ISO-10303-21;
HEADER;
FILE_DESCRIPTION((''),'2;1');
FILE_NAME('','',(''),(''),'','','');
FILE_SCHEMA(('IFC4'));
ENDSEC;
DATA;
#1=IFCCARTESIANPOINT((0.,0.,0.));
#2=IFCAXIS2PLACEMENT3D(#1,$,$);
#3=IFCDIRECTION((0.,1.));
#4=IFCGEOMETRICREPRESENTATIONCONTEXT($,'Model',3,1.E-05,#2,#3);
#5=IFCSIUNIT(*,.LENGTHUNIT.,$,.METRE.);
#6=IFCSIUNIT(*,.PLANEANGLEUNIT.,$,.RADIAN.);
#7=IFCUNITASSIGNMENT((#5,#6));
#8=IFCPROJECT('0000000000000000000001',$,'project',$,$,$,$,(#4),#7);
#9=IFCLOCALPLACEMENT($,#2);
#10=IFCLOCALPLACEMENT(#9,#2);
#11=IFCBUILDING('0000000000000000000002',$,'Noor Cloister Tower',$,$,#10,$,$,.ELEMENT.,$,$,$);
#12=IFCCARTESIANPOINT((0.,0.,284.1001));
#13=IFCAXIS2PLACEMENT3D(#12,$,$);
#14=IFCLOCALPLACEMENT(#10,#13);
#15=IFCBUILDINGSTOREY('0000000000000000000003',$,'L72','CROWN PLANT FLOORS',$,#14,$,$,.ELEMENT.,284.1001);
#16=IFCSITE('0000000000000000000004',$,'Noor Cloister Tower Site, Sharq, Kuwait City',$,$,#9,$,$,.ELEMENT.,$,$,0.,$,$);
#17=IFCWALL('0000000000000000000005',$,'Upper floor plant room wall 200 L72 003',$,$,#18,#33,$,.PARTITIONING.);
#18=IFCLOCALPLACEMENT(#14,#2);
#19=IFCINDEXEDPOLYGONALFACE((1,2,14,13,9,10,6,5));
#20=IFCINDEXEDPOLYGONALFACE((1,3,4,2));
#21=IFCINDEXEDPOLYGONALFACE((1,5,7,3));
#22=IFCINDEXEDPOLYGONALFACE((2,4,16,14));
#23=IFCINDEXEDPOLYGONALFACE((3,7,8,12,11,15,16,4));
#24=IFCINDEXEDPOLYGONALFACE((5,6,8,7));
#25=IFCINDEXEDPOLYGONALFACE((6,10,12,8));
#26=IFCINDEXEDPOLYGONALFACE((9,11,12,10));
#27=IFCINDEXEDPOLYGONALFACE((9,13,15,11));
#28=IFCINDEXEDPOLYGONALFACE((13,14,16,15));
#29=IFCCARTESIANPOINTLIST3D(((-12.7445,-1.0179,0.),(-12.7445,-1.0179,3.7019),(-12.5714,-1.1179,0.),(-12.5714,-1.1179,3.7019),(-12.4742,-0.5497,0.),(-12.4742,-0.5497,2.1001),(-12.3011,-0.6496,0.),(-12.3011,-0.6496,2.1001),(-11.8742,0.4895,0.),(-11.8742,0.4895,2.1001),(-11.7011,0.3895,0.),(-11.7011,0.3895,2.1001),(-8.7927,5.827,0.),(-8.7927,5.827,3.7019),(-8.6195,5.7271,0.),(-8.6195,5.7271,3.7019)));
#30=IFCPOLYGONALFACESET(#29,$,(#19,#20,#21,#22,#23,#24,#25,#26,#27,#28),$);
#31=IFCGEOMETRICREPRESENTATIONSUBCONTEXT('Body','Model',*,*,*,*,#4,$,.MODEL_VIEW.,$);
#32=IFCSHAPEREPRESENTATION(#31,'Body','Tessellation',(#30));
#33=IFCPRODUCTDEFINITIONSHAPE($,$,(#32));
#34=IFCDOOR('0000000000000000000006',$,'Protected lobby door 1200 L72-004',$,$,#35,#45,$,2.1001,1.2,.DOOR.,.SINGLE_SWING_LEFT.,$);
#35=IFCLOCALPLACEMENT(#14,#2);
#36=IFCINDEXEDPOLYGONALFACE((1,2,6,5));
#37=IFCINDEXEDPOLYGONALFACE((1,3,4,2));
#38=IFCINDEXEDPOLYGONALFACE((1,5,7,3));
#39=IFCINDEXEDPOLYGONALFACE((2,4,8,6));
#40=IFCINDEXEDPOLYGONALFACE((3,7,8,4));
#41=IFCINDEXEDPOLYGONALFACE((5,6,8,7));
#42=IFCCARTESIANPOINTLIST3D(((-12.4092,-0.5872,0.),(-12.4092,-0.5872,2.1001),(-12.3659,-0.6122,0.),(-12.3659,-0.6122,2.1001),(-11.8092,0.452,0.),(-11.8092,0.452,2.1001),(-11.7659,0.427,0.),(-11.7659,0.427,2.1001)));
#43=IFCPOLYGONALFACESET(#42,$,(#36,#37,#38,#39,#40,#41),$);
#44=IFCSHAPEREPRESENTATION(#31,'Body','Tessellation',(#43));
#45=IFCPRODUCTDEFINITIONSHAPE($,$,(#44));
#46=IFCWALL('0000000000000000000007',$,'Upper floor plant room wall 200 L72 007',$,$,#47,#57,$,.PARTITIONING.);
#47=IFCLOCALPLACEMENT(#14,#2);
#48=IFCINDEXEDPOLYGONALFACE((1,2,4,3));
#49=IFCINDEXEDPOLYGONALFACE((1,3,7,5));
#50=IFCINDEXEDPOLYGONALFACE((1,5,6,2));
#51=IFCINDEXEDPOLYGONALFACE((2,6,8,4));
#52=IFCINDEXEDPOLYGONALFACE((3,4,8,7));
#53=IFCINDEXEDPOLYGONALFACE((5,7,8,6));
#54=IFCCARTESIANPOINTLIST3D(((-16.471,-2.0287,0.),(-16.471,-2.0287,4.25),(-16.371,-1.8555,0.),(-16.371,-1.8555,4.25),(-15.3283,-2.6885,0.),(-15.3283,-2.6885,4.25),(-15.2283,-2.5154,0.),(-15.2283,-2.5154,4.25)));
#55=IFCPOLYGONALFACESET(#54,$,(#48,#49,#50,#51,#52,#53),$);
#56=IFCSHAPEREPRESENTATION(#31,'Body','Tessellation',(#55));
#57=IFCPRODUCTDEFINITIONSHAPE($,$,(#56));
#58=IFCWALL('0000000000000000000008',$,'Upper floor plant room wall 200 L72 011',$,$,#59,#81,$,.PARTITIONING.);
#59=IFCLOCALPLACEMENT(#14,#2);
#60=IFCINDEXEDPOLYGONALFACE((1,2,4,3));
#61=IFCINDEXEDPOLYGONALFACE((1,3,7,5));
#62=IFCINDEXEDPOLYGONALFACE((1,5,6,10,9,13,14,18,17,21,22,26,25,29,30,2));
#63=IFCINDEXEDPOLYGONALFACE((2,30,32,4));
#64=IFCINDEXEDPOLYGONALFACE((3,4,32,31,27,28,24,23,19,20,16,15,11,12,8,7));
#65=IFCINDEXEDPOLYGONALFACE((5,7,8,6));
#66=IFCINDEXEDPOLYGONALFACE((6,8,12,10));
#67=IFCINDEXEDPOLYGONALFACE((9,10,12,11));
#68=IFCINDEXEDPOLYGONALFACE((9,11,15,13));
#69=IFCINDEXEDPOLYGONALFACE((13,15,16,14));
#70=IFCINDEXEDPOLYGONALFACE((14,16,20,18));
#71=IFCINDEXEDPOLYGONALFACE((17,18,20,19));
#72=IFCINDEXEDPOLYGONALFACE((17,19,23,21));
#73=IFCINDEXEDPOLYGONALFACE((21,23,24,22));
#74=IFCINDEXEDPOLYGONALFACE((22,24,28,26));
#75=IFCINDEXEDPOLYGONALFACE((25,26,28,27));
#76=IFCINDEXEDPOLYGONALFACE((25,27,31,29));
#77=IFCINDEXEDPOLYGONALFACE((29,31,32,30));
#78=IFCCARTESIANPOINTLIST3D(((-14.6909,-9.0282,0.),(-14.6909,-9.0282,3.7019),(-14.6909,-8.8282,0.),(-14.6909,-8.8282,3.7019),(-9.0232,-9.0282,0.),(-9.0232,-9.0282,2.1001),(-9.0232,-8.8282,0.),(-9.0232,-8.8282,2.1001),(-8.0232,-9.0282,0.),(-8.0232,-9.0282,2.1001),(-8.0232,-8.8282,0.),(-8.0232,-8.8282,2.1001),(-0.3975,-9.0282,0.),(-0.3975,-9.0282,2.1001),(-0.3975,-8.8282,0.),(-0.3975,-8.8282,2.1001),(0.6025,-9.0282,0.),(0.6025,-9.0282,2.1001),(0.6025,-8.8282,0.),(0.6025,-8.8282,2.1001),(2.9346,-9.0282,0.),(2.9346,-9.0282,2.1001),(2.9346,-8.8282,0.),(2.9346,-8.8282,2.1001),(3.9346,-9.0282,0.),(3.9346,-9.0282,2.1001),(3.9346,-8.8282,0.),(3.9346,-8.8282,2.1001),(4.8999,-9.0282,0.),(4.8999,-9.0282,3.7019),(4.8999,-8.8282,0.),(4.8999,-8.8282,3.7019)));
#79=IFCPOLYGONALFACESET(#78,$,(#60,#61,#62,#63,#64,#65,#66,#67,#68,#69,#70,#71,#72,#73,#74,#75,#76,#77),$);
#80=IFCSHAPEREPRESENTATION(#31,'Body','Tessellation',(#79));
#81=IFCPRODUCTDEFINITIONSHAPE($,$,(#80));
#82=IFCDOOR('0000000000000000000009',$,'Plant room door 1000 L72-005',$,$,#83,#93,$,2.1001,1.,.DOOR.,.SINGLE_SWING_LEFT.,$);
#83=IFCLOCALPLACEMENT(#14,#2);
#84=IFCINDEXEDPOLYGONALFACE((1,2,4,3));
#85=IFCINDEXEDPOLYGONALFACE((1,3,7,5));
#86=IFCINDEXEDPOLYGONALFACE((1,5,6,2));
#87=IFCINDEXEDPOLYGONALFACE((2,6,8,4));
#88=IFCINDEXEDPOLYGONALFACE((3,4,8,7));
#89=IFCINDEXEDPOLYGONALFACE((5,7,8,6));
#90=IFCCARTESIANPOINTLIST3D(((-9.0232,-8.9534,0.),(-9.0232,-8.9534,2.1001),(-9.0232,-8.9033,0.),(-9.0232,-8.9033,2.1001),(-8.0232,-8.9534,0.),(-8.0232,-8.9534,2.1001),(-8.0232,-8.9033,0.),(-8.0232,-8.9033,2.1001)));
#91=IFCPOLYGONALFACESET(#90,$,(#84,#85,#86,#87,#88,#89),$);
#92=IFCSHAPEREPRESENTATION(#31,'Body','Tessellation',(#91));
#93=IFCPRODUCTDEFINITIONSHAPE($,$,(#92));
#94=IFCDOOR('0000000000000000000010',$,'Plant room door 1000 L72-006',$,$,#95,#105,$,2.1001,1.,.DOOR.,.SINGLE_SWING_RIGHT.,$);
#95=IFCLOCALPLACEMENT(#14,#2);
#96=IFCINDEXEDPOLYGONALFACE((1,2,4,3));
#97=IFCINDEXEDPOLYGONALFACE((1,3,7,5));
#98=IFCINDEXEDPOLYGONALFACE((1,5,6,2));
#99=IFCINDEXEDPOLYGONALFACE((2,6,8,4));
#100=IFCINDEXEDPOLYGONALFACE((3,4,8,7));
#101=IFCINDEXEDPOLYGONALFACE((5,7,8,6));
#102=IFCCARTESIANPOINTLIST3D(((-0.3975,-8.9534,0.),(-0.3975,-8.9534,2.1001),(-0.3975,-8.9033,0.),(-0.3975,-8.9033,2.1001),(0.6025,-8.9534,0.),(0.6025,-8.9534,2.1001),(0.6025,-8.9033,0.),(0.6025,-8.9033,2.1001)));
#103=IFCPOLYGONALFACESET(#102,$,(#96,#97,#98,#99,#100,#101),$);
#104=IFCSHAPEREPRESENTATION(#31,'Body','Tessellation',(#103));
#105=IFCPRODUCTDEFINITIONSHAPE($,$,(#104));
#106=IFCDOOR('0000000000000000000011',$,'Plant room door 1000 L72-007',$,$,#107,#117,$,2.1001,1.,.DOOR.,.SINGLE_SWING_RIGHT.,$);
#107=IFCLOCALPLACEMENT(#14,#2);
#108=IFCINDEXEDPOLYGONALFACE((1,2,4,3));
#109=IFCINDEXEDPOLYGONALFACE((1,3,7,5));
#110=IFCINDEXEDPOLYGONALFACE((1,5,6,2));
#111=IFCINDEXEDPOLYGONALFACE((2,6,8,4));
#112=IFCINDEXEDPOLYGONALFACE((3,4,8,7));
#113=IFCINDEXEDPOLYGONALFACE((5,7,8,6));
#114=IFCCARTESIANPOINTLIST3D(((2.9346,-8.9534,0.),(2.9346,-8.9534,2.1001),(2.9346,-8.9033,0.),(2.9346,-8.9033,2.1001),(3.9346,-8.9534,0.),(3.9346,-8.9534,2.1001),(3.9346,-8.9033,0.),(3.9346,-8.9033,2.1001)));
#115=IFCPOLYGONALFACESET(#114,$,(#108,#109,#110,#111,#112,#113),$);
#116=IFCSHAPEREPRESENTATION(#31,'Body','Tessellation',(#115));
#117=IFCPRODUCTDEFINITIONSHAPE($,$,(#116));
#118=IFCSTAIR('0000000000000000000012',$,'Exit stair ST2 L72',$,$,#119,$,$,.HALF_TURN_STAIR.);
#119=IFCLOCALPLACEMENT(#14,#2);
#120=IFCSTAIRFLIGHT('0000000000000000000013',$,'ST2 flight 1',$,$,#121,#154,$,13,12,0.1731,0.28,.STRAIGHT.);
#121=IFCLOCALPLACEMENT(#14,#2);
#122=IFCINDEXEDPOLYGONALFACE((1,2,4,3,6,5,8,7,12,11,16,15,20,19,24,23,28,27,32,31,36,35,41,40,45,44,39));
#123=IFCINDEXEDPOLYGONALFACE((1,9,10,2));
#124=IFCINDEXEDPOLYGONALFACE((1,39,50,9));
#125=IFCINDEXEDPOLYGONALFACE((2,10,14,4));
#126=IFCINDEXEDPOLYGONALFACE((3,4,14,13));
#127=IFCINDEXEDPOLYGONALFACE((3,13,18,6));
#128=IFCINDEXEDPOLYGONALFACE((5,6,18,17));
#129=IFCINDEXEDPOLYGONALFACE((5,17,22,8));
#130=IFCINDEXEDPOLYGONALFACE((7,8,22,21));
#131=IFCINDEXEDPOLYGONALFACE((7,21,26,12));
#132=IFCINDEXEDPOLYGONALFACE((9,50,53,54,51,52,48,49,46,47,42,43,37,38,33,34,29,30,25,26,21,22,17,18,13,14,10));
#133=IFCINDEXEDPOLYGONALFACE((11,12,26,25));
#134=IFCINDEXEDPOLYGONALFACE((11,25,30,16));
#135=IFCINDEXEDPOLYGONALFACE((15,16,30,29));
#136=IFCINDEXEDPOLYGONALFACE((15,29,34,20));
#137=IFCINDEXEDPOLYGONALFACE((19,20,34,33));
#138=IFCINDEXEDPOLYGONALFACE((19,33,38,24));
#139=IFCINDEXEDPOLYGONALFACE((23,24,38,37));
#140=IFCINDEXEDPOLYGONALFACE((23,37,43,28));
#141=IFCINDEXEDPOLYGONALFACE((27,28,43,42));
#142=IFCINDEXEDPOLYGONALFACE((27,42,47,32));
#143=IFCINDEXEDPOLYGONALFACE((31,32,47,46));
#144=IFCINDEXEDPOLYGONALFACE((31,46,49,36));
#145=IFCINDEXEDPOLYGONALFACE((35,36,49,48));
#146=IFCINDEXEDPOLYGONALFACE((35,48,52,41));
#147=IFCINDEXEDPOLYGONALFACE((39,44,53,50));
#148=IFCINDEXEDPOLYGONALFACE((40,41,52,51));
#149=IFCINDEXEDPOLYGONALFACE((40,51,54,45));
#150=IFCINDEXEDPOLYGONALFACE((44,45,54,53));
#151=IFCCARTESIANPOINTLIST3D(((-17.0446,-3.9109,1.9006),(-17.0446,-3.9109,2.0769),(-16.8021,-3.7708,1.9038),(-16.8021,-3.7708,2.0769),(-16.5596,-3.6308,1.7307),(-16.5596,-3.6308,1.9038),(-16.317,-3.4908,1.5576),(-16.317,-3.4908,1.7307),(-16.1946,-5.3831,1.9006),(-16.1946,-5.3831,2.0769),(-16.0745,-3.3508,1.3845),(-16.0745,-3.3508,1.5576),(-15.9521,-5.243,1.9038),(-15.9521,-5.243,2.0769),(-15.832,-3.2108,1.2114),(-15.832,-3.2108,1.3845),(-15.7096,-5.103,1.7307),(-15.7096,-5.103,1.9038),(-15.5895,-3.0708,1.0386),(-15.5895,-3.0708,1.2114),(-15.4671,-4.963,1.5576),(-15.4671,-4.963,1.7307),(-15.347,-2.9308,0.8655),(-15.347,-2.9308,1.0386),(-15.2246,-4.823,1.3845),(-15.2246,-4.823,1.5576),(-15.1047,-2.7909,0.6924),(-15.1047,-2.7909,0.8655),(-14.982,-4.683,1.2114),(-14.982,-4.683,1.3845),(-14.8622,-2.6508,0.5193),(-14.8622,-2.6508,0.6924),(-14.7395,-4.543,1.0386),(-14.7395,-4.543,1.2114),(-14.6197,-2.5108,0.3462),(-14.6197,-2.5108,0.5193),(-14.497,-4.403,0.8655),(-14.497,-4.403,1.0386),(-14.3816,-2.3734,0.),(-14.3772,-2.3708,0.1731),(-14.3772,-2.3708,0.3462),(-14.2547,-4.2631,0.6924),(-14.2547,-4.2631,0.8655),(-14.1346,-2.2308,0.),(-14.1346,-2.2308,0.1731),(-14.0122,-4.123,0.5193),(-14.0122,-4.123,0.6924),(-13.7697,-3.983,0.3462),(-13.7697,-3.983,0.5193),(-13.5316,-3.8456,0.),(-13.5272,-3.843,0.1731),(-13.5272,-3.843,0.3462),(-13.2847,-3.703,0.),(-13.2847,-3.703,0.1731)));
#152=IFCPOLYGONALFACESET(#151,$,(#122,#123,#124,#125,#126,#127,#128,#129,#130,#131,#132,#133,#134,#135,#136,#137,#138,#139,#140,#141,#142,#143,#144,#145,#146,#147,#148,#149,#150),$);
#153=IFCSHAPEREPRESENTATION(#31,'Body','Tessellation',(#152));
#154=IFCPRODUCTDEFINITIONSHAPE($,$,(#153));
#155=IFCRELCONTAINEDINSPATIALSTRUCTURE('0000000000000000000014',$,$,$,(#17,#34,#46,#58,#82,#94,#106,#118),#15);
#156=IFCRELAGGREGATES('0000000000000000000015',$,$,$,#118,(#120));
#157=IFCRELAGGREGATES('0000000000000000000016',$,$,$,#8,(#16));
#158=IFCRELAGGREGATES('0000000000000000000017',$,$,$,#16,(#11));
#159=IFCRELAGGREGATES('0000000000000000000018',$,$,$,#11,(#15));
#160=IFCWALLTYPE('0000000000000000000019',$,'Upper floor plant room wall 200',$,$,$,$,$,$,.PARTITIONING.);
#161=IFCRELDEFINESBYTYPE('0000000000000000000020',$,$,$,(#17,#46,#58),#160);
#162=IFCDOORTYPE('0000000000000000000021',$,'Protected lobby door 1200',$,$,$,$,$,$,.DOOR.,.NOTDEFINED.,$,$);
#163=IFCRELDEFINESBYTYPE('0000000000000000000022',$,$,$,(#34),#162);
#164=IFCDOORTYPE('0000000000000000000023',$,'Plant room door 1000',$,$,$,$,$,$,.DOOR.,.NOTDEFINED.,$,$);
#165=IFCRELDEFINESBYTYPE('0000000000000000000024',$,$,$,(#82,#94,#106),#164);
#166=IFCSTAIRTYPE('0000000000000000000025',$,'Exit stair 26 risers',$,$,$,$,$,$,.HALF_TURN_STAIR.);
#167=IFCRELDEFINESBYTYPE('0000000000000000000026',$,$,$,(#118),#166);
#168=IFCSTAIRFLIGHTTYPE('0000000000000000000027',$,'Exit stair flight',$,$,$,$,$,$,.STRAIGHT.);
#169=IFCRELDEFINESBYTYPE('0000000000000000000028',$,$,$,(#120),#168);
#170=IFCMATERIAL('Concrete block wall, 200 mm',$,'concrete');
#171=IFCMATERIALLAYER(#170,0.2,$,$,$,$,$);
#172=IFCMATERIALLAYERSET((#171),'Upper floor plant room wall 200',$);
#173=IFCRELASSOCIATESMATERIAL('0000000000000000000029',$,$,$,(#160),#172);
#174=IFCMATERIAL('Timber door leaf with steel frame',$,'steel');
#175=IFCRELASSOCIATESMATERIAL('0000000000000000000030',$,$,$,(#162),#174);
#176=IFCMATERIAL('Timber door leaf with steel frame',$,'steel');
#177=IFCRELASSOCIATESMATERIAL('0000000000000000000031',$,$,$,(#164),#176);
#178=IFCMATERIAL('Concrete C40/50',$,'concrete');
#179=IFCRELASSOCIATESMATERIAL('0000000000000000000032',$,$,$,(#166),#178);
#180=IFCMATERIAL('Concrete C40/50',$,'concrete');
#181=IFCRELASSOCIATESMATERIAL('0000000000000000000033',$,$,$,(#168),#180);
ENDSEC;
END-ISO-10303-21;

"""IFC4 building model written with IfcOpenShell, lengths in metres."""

from ifc_helpers import new_model, si_unit, direction, frame, frame_2d, origin, place, context, subcontext, project, spatial, polyline, rectangle, outline, extrude, material, layer, layer_set, type_object, element, fill, aggregate, save


model = new_model("IFC4")

# Units and contexts
model_context = context("Model", 3, precision=1e-05, world=origin(), true_north=direction((0.0, 1.0)))
body_context = subcontext(model_context, "Body", "Model", "MODEL_VIEW")
ifc_project = project(units=[si_unit("LENGTHUNIT", "METRE"), si_unit("PLANEANGLEUNIT", "RADIAN")], contexts=[model_context])

# Site, building, storey
site_placement = place(None, origin())
site = spatial("IfcSite", under=ifc_project, at=site_placement, Name="Noor Cloister Tower Site, Sharq, Kuwait City", CompositionType="ELEMENT", RefElevation=0.0)
building_placement = place(site_placement, origin())
building = spatial("IfcBuilding", under=site, at=building_placement, Name="Noor Cloister Tower", CompositionType="ELEMENT")
storey_placement = place(building_placement, frame((0.0, 0.0, 284.1001)))
storey = spatial("IfcBuildingStorey", under=building, at=storey_placement, Name="L72", Description="CROWN PLANT FLOORS", CompositionType="ELEMENT", Elevation=284.1001)

# Wall, opening, door
ifc_material_1 = material(Name="Concrete block wall, 200 mm", Category="concrete")
ifc_layer_1 = layer(ifc_material_1, 0.2)
ifc_layer_set_1 = layer_set([ifc_layer_1], Name="Upper floor plant room wall 200")
wall_type_1 = type_object("IfcWallType", Name="Upper floor plant room wall 200", PredefinedType="PARTITIONING", material=ifc_layer_set_1)
wall_1_placement = place(storey_placement, frame((-12.658, -1.0679, 0.0), z_axis=(0.0, 0.0, 1.0), x_axis=(0.499996, 0.866028, 0.0)))
wall_1 = element("IfcWall", 1, at=wall_1_placement, inside=storey, type_object=wall_type_1, Name="Upper floor plant room wall 200 L72 003", PredefinedType="PARTITIONING", context=body_context, shape_type="SweptSolid", body=[
    extrude(rectangle(XDim=7.9038, YDim=0.2, at=frame_2d((3.9519, 0.0))), origin(), (0.0, 0.0, 1.0), 3.7019),
])
opening_1_placement = place(wall_1_placement, frame((0.5405, 0.0, 0.0)))
opening_1 = element("IfcOpeningElement", 2, at=opening_1_placement, cuts=wall_1, PredefinedType="OPENING", context=body_context, shape_type="SweptSolid", body=[
    extrude(rectangle(XDim=1.2, YDim=2.1001, at=frame_2d((0.6001, 1.05))), frame((0.0, 0.1099, 0.0), z_axis=(0.0, -1.0, 0.0), x_axis=(1.0, 0.0, 0.0)), (0.0, 0.0, 1.0), 0.22),
])
ifc_material_2 = material(Name="Timber door leaf with steel frame", Category="steel")
door_type_1 = type_object("IfcDoorType", Name="Protected lobby door 1200", OperationType="NOTDEFINED", PredefinedType="DOOR", material=ifc_material_2)
door_1_placement = place(opening_1_placement, origin())
door_1 = element("IfcDoor", 3, at=door_1_placement, inside=storey, type_object=door_type_1, Name="Protected lobby door 1200 L72-004", OperationType="SINGLE_SWING_LEFT", OverallHeight=2.1001, OverallWidth=1.2, PredefinedType="DOOR", context=body_context, shape_type="SweptSolid", body=[
    extrude(rectangle(XDim=1.2, YDim=2.1001, at=frame_2d((0.6001, 1.05))), frame((0.0, 0.0249, 0.0), z_axis=(0.0, -1.0, 0.0), x_axis=(1.0, 0.0, 0.0)), (0.0, 0.0, 1.0), 0.05),
])
fill(opening_1, door_1)

# Wall
wall_2_placement = place(storey_placement, frame((-16.4209, -1.9421, 0.0), z_axis=(0.0, 0.0, 1.0), x_axis=(0.865991, -0.500059, 0.0)))
element("IfcWall", 4, at=wall_2_placement, inside=storey, type_object=wall_type_1, Name="Upper floor plant room wall 200 L72 007", PredefinedType="PARTITIONING", context=body_context, shape_type="SweptSolid", body=[
    extrude(rectangle(XDim=1.3196, YDim=0.2, at=frame_2d((0.6597, 0.0))), origin(), (0.0, 0.0, 1.0), 4.25),
])

# Wall, openings, doors
wall_3_placement = place(storey_placement, frame((-14.6909, -8.9282, 0.0), z_axis=(0.0, 0.0, 1.0), x_axis=(1.0, 0.0, 0.0)))
wall_3 = element("IfcWall", 5, at=wall_3_placement, inside=storey, type_object=wall_type_1, Name="Upper floor plant room wall 200 L72 011", PredefinedType="PARTITIONING", context=body_context, shape_type="SweptSolid", body=[
    extrude(rectangle(XDim=19.5908, YDim=0.2, at=frame_2d((9.7954, 0.0))), origin(), (0.0, 0.0, 1.0), 3.7019),
])
opening_2_placement = place(wall_3_placement, frame((5.6677, 0.0, 0.0)))
opening_2 = element("IfcOpeningElement", 6, at=opening_2_placement, cuts=wall_3, PredefinedType="OPENING", context=body_context, shape_type="SweptSolid", body=[
    extrude(rectangle(XDim=1.0, YDim=2.1001, at=frame_2d((0.5, 1.05))), frame((0.0, 0.1099, 0.0), z_axis=(0.0, -1.0, 0.0), x_axis=(1.0, 0.0, 0.0)), (0.0, 0.0, 1.0), 0.22),
])
opening_3_placement = place(wall_3_placement, frame((14.2935, 0.0, 0.0)))
opening_3 = element("IfcOpeningElement", 7, at=opening_3_placement, cuts=wall_3, PredefinedType="OPENING", context=body_context, shape_type="SweptSolid", body=[
    extrude(rectangle(XDim=1.0, YDim=2.1001, at=frame_2d((0.5, 1.05))), frame((0.0, 0.1099, 0.0), z_axis=(0.0, -1.0, 0.0), x_axis=(1.0, 0.0, 0.0)), (0.0, 0.0, 1.0), 0.22),
])
opening_4_placement = place(wall_3_placement, frame((17.6255, 0.0, 0.0)))
opening_4 = element("IfcOpeningElement", 8, at=opening_4_placement, cuts=wall_3, PredefinedType="OPENING", context=body_context, shape_type="SweptSolid", body=[
    extrude(rectangle(XDim=1.0, YDim=2.1001, at=frame_2d((0.5, 1.05))), frame((0.0, 0.1099, 0.0), z_axis=(0.0, -1.0, 0.0), x_axis=(1.0, 0.0, 0.0)), (0.0, 0.0, 1.0), 0.22),
])
ifc_material_3 = material(Name="Timber door leaf with steel frame", Category="steel")
door_type_2 = type_object("IfcDoorType", Name="Plant room door 1000", OperationType="NOTDEFINED", PredefinedType="DOOR", material=ifc_material_3)
door_2_placement = place(opening_2_placement, origin())
door_2 = element("IfcDoor", 9, at=door_2_placement, inside=storey, type_object=door_type_2, Name="Plant room door 1000 L72-005", OperationType="SINGLE_SWING_LEFT", OverallHeight=2.1001, OverallWidth=1.0, PredefinedType="DOOR", context=body_context, shape_type="SweptSolid", body=[
    extrude(rectangle(XDim=1.0, YDim=2.1001, at=frame_2d((0.5, 1.05))), frame((0.0, 0.0249, 0.0), z_axis=(0.0, -1.0, 0.0), x_axis=(1.0, 0.0, 0.0)), (0.0, 0.0, 1.0), 0.05),
])
fill(opening_2, door_2)
door_3_placement = place(opening_3_placement, origin())
door_3 = element("IfcDoor", 10, at=door_3_placement, inside=storey, type_object=door_type_2, Name="Plant room door 1000 L72-006", OperationType="SINGLE_SWING_RIGHT", OverallHeight=2.1001, OverallWidth=1.0, PredefinedType="DOOR", context=body_context, shape_type="SweptSolid", body=[
    extrude(rectangle(XDim=1.0, YDim=2.1001, at=frame_2d((0.5, 1.05))), frame((0.0, 0.0249, 0.0), z_axis=(0.0, -1.0, 0.0), x_axis=(1.0, 0.0, 0.0)), (0.0, 0.0, 1.0), 0.05),
])
fill(opening_3, door_3)
door_4_placement = place(opening_4_placement, origin())
door_4 = element("IfcDoor", 11, at=door_4_placement, inside=storey, type_object=door_type_2, Name="Plant room door 1000 L72-007", OperationType="SINGLE_SWING_RIGHT", OverallHeight=2.1001, OverallWidth=1.0, PredefinedType="DOOR", context=body_context, shape_type="SweptSolid", body=[
    extrude(rectangle(XDim=1.0, YDim=2.1001, at=frame_2d((0.5, 1.05))), frame((0.0, 0.0249, 0.0), z_axis=(0.0, -1.0, 0.0), x_axis=(1.0, 0.0, 0.0)), (0.0, 0.0, 1.0), 0.05),
])
fill(opening_4, door_4)

# Stair, stair flight
ifc_material_4 = material(Name="Concrete C40/50", Category="concrete")
stair_type = type_object("IfcStairType", Name="Exit stair 26 risers", PredefinedType="HALF_TURN_STAIR", material=ifc_material_4)
stair_placement = place(storey_placement, origin())
stair = element("IfcStair", 12, at=stair_placement, inside=storey, type_object=stair_type, Name="Exit stair ST2 L72", PredefinedType="HALF_TURN_STAIR")
ifc_material_5 = material(Name="Concrete C40/50", Category="concrete")
stair_flight_type = type_object("IfcStairFlightType", Name="Exit stair flight", PredefinedType="STRAIGHT", material=ifc_material_5)
stair_flight_1_placement = place(storey_placement, frame((-13.7097, -2.9668, 0.0), z_axis=(0.0, 0.0, 1.0), x_axis=(-0.866025, -0.5, 0.0)))
stair_flight_1 = element("IfcStairFlight", 13, at=stair_flight_1_placement, type_object=stair_flight_type, Name="ST2 flight 1", NumberOfRisers=13, NumberOfTreads=12, PredefinedType="STRAIGHT", RiserHeight=0.1731, TreadLength=0.28, context=body_context, shape_type="SweptSolid", body=[
    extrude(outline(polyline([(0.0, 0.0), (0.0, 0.1731), (0.28, 0.1731), (0.28, 0.3462), (0.5601, 0.3462), (0.5601, 0.5193), (0.8401, 0.5193), (0.8401, 0.6924), (1.1201, 0.6924), (1.1201, 0.8655), (1.3999, 0.8655), (1.3999, 1.0386), (1.6799, 1.0386), (1.6799, 1.2114), (1.96, 1.2114), (1.96, 1.3845), (2.24, 1.3845), (2.24, 1.5576), (2.52, 1.5576), (2.52, 1.7307), (2.8, 1.7307), (2.8, 1.9038), (3.0801, 1.9038), (3.0801, 2.0769), (3.3601, 2.0769), (3.3601, 2.25), (3.3601, 1.9006), (0.2852, 0.0), (0.0, 0.0)])), frame((0.0, 0.8501, 0.0), z_axis=(0.0, -1.0, 0.0), x_axis=(1.0, 0.0, 0.0)), (0.0, 0.0, 1.0), 1.7),
])
aggregate(stair, [stair_flight_1])

save(model, "model.ifc")
